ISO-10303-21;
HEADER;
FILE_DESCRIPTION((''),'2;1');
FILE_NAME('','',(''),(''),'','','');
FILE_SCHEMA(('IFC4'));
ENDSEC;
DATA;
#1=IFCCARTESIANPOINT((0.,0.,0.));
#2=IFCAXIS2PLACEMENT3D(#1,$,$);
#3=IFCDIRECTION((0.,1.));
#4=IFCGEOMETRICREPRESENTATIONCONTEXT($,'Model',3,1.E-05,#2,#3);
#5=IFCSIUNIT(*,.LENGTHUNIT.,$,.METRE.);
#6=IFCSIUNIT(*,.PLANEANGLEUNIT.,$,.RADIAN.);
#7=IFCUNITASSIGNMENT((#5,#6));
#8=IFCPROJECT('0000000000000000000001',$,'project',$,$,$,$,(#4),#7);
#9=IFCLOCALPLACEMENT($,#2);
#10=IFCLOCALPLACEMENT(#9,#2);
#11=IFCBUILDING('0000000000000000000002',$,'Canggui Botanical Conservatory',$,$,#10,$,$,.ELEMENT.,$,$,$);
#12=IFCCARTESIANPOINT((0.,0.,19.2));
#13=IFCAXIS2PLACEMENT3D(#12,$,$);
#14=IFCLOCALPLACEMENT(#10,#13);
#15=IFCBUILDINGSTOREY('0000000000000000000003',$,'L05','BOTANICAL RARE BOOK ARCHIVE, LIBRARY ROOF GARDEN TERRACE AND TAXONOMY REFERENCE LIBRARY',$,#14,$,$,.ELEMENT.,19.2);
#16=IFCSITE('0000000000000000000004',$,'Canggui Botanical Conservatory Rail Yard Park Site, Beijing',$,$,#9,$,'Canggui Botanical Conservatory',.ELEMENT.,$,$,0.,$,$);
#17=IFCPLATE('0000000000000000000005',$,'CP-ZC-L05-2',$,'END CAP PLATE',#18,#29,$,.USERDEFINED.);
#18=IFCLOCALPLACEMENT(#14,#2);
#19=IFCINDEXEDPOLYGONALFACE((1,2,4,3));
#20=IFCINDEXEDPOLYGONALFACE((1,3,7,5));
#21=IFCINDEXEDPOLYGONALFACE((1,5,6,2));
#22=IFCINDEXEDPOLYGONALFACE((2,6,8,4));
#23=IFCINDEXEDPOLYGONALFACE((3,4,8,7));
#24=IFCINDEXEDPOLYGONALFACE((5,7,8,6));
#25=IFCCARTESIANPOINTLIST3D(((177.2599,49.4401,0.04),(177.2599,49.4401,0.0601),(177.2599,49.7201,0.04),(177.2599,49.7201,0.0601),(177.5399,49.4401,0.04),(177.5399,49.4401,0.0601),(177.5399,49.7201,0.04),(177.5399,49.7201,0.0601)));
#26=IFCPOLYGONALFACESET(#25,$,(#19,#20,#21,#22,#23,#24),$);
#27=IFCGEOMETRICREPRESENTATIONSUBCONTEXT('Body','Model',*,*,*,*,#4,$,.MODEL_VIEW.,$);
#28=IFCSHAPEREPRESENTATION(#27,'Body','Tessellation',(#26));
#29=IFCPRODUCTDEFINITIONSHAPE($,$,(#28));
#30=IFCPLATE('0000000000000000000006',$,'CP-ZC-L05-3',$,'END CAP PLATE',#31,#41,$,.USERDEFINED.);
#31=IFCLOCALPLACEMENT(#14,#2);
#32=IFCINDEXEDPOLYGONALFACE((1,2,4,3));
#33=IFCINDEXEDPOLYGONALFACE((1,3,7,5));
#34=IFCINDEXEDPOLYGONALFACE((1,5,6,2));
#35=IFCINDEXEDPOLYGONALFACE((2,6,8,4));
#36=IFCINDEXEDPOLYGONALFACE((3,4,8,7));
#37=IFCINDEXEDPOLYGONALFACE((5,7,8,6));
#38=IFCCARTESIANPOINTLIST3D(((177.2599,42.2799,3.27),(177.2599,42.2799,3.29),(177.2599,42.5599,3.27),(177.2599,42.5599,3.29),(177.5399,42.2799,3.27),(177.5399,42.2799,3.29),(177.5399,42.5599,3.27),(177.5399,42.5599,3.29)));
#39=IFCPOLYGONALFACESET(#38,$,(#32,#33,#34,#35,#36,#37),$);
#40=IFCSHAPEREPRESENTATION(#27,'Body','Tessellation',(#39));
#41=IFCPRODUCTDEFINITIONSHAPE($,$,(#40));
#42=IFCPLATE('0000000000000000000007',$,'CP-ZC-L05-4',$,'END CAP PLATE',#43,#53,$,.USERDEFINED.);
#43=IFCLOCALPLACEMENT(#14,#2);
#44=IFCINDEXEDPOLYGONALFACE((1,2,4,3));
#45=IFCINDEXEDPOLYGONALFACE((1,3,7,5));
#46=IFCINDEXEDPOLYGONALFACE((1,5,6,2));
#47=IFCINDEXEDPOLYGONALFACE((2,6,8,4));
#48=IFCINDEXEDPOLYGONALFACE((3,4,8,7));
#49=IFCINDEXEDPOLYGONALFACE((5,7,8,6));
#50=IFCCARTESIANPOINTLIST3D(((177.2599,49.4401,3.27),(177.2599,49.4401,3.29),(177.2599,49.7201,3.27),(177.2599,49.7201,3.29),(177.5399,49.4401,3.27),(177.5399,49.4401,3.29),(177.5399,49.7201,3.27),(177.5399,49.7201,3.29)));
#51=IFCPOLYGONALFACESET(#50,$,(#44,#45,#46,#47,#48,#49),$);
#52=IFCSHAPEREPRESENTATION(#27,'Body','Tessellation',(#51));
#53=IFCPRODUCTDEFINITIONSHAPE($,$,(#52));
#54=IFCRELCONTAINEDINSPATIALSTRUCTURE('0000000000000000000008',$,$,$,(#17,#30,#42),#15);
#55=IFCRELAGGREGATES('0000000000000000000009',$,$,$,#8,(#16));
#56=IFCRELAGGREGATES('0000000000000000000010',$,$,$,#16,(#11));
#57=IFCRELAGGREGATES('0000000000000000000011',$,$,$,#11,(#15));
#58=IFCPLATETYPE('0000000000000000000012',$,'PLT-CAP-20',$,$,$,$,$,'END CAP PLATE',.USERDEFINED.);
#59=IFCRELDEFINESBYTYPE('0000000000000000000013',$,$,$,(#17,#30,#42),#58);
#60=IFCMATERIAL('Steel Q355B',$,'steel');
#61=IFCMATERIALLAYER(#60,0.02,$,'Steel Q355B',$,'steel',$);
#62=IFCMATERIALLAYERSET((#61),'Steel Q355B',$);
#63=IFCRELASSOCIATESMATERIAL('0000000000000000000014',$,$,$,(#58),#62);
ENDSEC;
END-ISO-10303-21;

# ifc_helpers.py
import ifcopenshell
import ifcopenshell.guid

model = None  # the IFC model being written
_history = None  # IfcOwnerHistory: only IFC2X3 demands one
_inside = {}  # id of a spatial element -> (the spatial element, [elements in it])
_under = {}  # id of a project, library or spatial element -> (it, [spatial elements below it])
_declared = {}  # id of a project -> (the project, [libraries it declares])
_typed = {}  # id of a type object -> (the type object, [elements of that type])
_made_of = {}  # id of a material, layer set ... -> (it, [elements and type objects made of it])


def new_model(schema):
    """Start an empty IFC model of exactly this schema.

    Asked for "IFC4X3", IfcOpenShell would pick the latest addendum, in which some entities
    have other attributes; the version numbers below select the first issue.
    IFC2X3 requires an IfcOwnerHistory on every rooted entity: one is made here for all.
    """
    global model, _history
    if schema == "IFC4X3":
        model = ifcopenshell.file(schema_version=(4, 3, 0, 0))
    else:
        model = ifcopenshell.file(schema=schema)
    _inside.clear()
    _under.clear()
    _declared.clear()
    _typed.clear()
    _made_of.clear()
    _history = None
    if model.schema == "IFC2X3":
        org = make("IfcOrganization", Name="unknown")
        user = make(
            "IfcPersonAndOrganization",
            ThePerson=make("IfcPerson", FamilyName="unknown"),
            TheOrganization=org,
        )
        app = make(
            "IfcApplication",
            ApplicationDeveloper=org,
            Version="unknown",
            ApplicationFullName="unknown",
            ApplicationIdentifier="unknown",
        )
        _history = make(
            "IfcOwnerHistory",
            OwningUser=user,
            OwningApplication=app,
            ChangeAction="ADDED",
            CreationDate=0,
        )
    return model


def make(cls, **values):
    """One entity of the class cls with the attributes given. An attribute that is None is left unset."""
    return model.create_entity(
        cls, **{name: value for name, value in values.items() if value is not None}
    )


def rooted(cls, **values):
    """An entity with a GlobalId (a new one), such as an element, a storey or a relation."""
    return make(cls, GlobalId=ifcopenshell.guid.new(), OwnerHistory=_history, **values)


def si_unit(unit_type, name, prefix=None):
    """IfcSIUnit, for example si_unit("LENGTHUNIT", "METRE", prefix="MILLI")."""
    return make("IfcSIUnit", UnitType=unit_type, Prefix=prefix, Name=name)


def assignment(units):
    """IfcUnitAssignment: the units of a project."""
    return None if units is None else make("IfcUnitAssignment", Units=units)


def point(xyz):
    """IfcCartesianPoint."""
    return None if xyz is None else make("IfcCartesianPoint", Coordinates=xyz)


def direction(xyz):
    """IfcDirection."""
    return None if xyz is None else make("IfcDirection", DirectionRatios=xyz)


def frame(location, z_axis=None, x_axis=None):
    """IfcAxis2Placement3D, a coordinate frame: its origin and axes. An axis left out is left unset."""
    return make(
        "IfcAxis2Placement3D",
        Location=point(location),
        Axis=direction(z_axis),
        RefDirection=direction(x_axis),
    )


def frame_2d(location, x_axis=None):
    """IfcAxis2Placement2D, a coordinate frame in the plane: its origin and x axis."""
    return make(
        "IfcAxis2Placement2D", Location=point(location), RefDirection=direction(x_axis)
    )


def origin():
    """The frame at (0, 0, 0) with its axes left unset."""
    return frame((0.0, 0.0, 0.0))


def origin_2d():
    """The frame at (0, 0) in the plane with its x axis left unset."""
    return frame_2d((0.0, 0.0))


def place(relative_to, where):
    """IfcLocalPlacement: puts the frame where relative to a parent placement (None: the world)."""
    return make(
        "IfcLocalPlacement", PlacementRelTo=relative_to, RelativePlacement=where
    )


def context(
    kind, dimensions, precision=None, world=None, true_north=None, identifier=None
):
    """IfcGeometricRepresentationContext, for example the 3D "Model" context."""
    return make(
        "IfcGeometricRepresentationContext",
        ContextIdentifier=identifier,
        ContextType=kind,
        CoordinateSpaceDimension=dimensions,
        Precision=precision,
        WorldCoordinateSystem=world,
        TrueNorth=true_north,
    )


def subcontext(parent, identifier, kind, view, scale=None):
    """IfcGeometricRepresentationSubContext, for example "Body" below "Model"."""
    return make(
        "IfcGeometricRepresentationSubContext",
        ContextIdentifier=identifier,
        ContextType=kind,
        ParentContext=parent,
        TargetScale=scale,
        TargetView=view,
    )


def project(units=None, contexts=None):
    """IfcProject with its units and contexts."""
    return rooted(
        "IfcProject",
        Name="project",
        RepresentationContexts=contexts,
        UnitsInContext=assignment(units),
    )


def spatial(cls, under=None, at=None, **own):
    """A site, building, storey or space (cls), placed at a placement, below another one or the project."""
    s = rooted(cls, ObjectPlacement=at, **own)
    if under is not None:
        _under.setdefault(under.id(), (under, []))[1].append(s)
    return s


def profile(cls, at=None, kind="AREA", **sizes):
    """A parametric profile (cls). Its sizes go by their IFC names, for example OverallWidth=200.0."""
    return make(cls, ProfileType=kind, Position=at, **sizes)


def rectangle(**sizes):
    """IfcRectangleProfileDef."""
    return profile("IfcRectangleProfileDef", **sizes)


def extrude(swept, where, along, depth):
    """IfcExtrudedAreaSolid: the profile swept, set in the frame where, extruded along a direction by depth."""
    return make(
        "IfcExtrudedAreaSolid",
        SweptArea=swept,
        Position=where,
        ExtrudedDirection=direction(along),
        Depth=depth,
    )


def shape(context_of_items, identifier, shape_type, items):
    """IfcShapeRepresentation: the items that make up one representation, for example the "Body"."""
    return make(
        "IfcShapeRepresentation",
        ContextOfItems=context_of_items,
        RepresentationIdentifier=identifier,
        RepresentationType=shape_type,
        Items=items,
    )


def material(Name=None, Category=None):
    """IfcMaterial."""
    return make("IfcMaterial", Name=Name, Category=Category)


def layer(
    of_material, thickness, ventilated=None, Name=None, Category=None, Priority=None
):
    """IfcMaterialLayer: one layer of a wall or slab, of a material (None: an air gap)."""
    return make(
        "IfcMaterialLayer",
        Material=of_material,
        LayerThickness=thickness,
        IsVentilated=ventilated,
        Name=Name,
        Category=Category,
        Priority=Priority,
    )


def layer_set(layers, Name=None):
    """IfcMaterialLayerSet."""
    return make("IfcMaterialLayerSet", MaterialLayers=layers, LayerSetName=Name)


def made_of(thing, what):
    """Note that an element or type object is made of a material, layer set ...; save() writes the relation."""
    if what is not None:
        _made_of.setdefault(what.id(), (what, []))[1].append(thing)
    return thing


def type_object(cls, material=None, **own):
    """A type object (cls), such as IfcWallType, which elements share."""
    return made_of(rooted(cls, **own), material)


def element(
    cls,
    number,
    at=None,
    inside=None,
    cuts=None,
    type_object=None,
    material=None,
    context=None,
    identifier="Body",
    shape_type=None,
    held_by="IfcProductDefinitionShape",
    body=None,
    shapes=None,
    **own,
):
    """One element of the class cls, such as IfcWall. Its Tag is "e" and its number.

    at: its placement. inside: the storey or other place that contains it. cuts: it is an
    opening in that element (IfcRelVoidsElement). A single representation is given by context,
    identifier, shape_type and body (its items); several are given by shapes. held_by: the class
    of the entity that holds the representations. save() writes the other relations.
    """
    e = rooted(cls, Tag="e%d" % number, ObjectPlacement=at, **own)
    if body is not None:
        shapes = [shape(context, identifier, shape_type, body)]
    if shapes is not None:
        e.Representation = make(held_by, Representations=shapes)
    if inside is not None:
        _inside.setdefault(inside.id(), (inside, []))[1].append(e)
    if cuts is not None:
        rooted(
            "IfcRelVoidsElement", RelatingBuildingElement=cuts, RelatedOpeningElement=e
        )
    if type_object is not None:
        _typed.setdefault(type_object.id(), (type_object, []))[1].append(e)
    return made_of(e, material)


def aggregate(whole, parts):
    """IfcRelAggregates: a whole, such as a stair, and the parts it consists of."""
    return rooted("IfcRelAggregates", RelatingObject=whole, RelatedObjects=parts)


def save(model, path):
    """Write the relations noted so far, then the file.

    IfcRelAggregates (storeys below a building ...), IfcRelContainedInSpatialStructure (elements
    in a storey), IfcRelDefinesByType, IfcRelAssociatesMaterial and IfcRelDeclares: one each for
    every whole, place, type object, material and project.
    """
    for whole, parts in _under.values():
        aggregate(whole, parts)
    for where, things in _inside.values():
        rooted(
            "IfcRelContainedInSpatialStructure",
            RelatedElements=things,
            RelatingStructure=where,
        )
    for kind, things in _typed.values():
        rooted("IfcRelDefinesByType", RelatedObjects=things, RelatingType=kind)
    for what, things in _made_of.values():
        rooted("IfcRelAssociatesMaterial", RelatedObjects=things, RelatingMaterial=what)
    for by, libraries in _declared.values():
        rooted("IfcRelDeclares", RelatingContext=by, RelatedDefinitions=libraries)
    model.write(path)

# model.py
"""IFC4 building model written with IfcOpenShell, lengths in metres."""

from ifc_helpers import new_model, si_unit, direction, frame, origin, origin_2d, place, context, subcontext, project, spatial, rectangle, extrude, material, layer, layer_set, type_object, element, save


model = new_model("IFC4")

# Units and contexts
model_context = context("Model", 3, precision=1e-05, world=origin(), true_north=direction((0.0, 1.0)))
body_context = subcontext(model_context, "Body", "Model", "MODEL_VIEW")
ifc_project = project(units=[si_unit("LENGTHUNIT", "METRE"), si_unit("PLANEANGLEUNIT", "RADIAN")], contexts=[model_context])

# Site, building, storey
site_placement = place(None, origin())
site = spatial("IfcSite", under=ifc_project, at=site_placement, Name="Canggui Botanical Conservatory Rail Yard Park Site, Beijing", LongName="Canggui Botanical Conservatory", CompositionType="ELEMENT", RefElevation=0.0)
building_placement = place(site_placement, origin())
building = spatial("IfcBuilding", under=site, at=building_placement, Name="Canggui Botanical Conservatory", CompositionType="ELEMENT")
storey_placement = place(building_placement, frame((0.0, 0.0, 19.2)))
storey = spatial("IfcBuildingStorey", under=building, at=storey_placement, Name="L05", Description="BOTANICAL RARE BOOK ARCHIVE, LIBRARY ROOF GARDEN TERRACE AND TAXONOMY REFERENCE LIBRARY", CompositionType="ELEMENT", Elevation=19.2)

# Shared definitions
ifc_material_1 = material(Name="Steel Q355B", Category="steel")

# Plates
ifc_layer_1 = layer(ifc_material_1, 0.02, Name="Steel Q355B", Category="steel")
ifc_layer_set_1 = layer_set([ifc_layer_1], Name="Steel Q355B")
plate_type_1 = type_object("IfcPlateType", Name="PLT-CAP-20", ElementType="END CAP PLATE", PredefinedType="USERDEFINED", material=ifc_layer_set_1)
for number, where, z_axis, x_axis, name in (
    (1, (177.3999, 49.5801, 0.04), (0.0, 0.0, 1.0), (1.0, 0.0, 0.0), "CP-ZC-L05-2"),
    (2, (177.3999, 42.4199, 3.27), (0.0, 0.0, 1.0), (1.0, 0.0, 0.0), "CP-ZC-L05-3"),
    (3, (177.3999, 49.5801, 3.27), (0.0, 0.0, 1.0), (1.0, 0.0, 0.0), "CP-ZC-L05-4"),
):
    element("IfcPlate", number, at=place(storey_placement, frame(where, z_axis=z_axis, x_axis=x_axis)), inside=storey, type_object=plate_type_1, Name=name, ObjectType="END CAP PLATE", PredefinedType="USERDEFINED", context=body_context, shape_type="SweptSolid", body=[
        extrude(rectangle(XDim=0.28, YDim=0.28, at=origin_2d()), origin(), (0.0, 0.0, 1.0), 0.02),
    ])

save(model, "model.ifc")
